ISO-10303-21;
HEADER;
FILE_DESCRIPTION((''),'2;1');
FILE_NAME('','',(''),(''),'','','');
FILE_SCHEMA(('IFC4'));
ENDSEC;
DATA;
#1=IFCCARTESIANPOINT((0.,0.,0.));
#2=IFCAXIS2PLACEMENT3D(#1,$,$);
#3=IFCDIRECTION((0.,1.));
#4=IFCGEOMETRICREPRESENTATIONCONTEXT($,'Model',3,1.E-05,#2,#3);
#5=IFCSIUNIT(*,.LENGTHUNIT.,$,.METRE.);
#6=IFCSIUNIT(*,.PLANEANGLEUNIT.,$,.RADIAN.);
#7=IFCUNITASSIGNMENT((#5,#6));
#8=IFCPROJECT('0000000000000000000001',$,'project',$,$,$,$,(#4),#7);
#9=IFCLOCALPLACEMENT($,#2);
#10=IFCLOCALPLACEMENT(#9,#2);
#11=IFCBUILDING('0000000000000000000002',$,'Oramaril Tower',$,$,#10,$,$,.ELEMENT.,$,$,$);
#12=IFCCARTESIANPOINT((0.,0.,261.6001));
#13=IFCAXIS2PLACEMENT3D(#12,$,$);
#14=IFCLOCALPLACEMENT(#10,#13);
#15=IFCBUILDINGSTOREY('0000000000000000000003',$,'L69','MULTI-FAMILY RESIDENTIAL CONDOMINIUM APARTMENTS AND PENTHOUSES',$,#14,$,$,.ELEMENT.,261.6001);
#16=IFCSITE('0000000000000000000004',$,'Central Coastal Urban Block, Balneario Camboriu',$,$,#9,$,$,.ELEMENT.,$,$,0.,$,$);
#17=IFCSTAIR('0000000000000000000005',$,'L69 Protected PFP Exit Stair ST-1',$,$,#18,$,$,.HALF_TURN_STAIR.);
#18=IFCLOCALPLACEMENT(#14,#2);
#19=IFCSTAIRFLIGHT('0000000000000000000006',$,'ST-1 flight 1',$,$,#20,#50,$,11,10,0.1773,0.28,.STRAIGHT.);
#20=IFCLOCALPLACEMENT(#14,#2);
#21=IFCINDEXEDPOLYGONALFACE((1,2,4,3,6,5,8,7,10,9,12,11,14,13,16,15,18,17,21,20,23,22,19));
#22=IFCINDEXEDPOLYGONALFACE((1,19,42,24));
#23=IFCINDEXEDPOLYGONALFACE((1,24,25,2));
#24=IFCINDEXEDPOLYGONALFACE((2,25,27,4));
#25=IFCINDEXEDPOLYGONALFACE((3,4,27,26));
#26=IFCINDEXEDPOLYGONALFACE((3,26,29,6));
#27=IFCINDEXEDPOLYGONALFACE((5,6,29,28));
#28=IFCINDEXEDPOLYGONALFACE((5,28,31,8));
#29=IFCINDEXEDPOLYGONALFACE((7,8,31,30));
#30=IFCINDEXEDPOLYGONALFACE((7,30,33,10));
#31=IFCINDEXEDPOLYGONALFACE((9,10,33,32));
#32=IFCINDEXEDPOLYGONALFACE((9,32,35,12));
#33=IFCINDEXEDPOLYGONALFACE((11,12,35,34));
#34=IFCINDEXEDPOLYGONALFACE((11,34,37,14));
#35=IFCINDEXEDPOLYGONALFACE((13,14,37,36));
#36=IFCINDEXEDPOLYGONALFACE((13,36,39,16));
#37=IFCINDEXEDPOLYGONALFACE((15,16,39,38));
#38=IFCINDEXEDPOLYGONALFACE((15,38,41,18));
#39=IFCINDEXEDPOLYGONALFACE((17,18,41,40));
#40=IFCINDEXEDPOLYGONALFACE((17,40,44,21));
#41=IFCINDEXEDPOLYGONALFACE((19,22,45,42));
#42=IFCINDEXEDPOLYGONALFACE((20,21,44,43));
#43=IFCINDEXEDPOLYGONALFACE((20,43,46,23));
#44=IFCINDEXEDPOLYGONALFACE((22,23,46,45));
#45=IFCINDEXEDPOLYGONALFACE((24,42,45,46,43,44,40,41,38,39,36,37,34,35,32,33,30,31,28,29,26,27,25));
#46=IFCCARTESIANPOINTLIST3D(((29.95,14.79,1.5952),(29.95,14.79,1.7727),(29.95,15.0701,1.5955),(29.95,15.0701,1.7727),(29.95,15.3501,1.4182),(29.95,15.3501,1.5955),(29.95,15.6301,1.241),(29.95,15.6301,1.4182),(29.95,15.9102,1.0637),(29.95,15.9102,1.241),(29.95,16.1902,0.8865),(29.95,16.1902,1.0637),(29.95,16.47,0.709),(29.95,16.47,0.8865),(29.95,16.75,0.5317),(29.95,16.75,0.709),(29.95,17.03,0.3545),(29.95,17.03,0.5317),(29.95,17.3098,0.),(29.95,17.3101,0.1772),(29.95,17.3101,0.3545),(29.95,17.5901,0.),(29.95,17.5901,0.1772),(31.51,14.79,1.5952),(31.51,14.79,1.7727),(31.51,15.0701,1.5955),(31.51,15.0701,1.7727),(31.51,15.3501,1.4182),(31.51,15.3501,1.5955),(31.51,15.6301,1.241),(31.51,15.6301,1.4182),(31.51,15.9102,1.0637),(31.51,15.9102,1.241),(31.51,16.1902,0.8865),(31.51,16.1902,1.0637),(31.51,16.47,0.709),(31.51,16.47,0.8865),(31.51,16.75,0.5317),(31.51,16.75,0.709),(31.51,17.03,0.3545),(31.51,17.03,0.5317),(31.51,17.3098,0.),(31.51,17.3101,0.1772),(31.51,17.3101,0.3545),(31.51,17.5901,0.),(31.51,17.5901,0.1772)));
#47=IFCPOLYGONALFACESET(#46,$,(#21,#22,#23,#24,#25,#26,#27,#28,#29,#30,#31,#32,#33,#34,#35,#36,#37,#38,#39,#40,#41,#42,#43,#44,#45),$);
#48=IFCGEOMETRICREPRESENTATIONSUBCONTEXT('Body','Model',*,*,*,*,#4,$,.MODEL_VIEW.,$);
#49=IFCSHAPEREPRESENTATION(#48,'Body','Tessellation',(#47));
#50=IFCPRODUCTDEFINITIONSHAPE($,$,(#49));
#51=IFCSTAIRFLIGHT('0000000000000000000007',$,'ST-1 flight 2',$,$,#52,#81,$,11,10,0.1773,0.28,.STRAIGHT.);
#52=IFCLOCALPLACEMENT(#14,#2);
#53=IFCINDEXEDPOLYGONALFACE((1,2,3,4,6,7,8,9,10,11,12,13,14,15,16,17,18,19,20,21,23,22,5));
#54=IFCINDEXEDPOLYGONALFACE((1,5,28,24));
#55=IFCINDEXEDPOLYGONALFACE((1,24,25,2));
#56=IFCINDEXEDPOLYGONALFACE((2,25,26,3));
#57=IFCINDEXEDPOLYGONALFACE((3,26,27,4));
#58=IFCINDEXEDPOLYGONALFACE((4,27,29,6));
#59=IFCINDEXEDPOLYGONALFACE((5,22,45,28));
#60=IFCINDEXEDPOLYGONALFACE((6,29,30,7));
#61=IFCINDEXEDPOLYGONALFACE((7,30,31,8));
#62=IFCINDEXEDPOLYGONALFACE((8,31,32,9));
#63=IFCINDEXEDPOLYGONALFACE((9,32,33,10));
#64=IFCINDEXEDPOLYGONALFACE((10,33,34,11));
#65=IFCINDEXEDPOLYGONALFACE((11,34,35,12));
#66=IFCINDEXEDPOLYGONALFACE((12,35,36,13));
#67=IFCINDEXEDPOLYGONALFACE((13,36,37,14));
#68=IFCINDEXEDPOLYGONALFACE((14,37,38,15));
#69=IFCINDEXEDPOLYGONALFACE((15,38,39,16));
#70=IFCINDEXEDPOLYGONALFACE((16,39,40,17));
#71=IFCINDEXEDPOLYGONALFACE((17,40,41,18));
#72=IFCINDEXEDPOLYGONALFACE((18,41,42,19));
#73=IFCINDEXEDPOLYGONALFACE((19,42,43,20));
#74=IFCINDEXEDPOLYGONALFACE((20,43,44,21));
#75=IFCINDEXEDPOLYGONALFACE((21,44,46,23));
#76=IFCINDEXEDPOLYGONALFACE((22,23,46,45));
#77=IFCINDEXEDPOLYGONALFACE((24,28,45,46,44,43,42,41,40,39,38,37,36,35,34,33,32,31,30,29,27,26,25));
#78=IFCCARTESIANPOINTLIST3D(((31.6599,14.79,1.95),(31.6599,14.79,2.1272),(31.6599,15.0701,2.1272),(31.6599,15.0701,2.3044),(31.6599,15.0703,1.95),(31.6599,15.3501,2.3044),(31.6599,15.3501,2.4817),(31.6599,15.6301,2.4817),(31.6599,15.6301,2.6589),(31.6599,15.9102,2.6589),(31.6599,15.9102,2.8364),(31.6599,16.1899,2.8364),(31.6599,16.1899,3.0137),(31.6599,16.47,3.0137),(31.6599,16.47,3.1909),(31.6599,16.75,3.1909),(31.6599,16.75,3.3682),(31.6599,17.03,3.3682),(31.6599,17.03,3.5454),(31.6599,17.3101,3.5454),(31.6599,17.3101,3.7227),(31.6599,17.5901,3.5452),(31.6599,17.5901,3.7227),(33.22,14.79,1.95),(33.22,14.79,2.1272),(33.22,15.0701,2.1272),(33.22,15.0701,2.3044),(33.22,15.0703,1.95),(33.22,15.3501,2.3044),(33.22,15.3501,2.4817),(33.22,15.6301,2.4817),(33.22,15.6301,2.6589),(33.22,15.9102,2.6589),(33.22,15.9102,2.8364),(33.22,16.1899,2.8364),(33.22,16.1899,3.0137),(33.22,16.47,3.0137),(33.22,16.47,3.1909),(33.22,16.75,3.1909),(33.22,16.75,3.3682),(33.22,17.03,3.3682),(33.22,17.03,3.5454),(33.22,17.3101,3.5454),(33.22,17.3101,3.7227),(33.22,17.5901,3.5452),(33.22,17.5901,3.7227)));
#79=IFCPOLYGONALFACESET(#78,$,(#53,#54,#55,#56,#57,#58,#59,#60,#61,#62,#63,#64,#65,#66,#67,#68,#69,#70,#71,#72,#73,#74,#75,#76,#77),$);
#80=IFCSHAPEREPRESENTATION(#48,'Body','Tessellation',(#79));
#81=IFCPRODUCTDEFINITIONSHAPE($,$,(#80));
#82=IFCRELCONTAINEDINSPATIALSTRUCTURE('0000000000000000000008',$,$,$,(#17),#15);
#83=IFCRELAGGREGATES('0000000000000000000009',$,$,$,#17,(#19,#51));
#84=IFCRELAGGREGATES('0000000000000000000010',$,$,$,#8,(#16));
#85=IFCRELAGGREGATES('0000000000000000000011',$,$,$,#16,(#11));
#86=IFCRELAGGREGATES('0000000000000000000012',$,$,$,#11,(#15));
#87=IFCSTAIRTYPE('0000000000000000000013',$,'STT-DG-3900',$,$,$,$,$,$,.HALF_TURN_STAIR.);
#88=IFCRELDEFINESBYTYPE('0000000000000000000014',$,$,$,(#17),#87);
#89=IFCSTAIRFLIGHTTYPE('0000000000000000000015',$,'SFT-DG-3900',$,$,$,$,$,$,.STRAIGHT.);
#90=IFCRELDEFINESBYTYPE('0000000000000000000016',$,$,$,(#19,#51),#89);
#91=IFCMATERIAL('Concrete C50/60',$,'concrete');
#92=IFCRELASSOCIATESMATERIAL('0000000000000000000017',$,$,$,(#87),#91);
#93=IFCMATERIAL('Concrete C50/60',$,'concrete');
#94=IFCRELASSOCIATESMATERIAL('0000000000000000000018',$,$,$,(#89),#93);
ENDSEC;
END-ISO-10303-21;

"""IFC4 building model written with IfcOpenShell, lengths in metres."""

from ifc_helpers import new_model, si_unit, direction, frame, origin, place, context, subcontext, project, spatial, polyline, outline, extrude, material, type_object, element, aggregate, save


model = new_model("IFC4")

# Units and contexts
model_context = context("Model", 3, precision=1e-05, world=origin(), true_north=direction((0.0, 1.0)))
body_context = subcontext(model_context, "Body", "Model", "MODEL_VIEW")
ifc_project = project(units=[si_unit("LENGTHUNIT", "METRE"), si_unit("PLANEANGLEUNIT", "RADIAN")], contexts=[model_context])

# Site, building, storey
site_placement = place(None, origin())
site = spatial("IfcSite", under=ifc_project, at=site_placement, Name="Central Coastal Urban Block, Balneario Camboriu", CompositionType="ELEMENT", RefElevation=0.0)
building_placement = place(site_placement, origin())
building = spatial("IfcBuilding", under=site, at=building_placement, Name="Oramaril Tower", CompositionType="ELEMENT")
storey_placement = place(building_placement, frame((0.0, 0.0, 261.6001)))
storey = spatial("IfcBuildingStorey", under=building, at=storey_placement, Name="L69", Description="MULTI-FAMILY RESIDENTIAL CONDOMINIUM APARTMENTS AND PENTHOUSES", CompositionType="ELEMENT", Elevation=261.6001)

# Stair, stair flights
ifc_material_1 = material(Name="Concrete C50/60", Category="concrete")
stair_type = type_object("IfcStairType", Name="STT-DG-3900", PredefinedType="HALF_TURN_STAIR", material=ifc_material_1)
stair_placement = place(storey_placement, origin())
stair = element("IfcStair", 1, at=stair_placement, inside=storey, type_object=stair_type, Name="L69 Protected PFP Exit Stair ST-1", PredefinedType="HALF_TURN_STAIR")
ifc_material_2 = material(Name="Concrete C50/60", Category="concrete")
stair_flight_type = type_object("IfcStairFlightType", Name="SFT-DG-3900", PredefinedType="STRAIGHT", material=ifc_material_2)
stair_flight_1_placement = place(storey_placement, frame((30.73, 17.5901, 0.0), z_axis=(0.0, 0.0, 1.0), x_axis=(0.0, -1.0, 0.0)))
stair_flight_1 = element("IfcStairFlight", 2, at=stair_flight_1_placement, type_object=stair_flight_type, Name="ST-1 flight 1", NumberOfRisers=11, NumberOfTreads=10, PredefinedType="STRAIGHT", RiserHeight=0.1773, TreadLength=0.28, context=body_context, shape_type="SweptSolid", body=[
    extrude(outline(polyline([(0.0, 0.0), (0.0, 0.1772), (0.28, 0.1772), (0.28, 0.3545), (0.5601, 0.3545), (0.5601, 0.5317), (0.8401, 0.5317), (0.8401, 0.709), (1.1201, 0.709), (1.1201, 0.8865), (1.3999, 0.8865), (1.3999, 1.0637), (1.6799, 1.0637), (1.6799, 1.241), (1.96, 1.241), (1.96, 1.4182), (2.24, 1.4182), (2.24, 1.5955), (2.52, 1.5955), (2.52, 1.7727), (2.8, 1.7727), (2.8, 1.95), (2.8, 1.5952), (0.2803, 0.0), (0.0, 0.0)])), frame((0.0, 0.78, 0.0), z_axis=(0.0, -1.0, 0.0), x_axis=(1.0, 0.0, 0.0)), (0.0, 0.0, 1.0), 1.5601),
])
stair_flight_2_placement = place(storey_placement, frame((32.4399, 14.79, 1.95), z_axis=(0.0, 0.0, 1.0), x_axis=(0.0, 1.0, 0.0)))
stair_flight_2 = element("IfcStairFlight", 3, at=stair_flight_2_placement, type_object=stair_flight_type, Name="ST-1 flight 2", NumberOfRisers=11, NumberOfTreads=10, PredefinedType="STRAIGHT", RiserHeight=0.1773, TreadLength=0.28, context=body_context, shape_type="SweptSolid", body=[
    extrude(outline(polyline([(0.0, 0.0), (0.0, 0.1772), (0.28, 0.1772), (0.28, 0.3545), (0.5601, 0.3545), (0.5601, 0.5317), (0.8401, 0.5317), (0.8401, 0.709), (1.1201, 0.709), (1.1201, 0.8865), (1.3999, 0.8865), (1.3999, 1.0637), (1.6799, 1.0637), (1.6799, 1.241), (1.96, 1.241), (1.96, 1.4182), (2.24, 1.4182), (2.24, 1.5955), (2.52, 1.5955), (2.52, 1.7727), (2.8, 1.7727), (2.8, 1.95), (2.8, 1.5952), (0.2803, 0.0), (0.0, 0.0)])), frame((0.0, 0.78, 0.0), z_axis=(0.0, -1.0, 0.0), x_axis=(1.0, 0.0, 0.0)), (0.0, 0.0, 1.0), 1.5601),
])
aggregate(stair, [stair_flight_1, stair_flight_2])

save(model, "model.ifc")
